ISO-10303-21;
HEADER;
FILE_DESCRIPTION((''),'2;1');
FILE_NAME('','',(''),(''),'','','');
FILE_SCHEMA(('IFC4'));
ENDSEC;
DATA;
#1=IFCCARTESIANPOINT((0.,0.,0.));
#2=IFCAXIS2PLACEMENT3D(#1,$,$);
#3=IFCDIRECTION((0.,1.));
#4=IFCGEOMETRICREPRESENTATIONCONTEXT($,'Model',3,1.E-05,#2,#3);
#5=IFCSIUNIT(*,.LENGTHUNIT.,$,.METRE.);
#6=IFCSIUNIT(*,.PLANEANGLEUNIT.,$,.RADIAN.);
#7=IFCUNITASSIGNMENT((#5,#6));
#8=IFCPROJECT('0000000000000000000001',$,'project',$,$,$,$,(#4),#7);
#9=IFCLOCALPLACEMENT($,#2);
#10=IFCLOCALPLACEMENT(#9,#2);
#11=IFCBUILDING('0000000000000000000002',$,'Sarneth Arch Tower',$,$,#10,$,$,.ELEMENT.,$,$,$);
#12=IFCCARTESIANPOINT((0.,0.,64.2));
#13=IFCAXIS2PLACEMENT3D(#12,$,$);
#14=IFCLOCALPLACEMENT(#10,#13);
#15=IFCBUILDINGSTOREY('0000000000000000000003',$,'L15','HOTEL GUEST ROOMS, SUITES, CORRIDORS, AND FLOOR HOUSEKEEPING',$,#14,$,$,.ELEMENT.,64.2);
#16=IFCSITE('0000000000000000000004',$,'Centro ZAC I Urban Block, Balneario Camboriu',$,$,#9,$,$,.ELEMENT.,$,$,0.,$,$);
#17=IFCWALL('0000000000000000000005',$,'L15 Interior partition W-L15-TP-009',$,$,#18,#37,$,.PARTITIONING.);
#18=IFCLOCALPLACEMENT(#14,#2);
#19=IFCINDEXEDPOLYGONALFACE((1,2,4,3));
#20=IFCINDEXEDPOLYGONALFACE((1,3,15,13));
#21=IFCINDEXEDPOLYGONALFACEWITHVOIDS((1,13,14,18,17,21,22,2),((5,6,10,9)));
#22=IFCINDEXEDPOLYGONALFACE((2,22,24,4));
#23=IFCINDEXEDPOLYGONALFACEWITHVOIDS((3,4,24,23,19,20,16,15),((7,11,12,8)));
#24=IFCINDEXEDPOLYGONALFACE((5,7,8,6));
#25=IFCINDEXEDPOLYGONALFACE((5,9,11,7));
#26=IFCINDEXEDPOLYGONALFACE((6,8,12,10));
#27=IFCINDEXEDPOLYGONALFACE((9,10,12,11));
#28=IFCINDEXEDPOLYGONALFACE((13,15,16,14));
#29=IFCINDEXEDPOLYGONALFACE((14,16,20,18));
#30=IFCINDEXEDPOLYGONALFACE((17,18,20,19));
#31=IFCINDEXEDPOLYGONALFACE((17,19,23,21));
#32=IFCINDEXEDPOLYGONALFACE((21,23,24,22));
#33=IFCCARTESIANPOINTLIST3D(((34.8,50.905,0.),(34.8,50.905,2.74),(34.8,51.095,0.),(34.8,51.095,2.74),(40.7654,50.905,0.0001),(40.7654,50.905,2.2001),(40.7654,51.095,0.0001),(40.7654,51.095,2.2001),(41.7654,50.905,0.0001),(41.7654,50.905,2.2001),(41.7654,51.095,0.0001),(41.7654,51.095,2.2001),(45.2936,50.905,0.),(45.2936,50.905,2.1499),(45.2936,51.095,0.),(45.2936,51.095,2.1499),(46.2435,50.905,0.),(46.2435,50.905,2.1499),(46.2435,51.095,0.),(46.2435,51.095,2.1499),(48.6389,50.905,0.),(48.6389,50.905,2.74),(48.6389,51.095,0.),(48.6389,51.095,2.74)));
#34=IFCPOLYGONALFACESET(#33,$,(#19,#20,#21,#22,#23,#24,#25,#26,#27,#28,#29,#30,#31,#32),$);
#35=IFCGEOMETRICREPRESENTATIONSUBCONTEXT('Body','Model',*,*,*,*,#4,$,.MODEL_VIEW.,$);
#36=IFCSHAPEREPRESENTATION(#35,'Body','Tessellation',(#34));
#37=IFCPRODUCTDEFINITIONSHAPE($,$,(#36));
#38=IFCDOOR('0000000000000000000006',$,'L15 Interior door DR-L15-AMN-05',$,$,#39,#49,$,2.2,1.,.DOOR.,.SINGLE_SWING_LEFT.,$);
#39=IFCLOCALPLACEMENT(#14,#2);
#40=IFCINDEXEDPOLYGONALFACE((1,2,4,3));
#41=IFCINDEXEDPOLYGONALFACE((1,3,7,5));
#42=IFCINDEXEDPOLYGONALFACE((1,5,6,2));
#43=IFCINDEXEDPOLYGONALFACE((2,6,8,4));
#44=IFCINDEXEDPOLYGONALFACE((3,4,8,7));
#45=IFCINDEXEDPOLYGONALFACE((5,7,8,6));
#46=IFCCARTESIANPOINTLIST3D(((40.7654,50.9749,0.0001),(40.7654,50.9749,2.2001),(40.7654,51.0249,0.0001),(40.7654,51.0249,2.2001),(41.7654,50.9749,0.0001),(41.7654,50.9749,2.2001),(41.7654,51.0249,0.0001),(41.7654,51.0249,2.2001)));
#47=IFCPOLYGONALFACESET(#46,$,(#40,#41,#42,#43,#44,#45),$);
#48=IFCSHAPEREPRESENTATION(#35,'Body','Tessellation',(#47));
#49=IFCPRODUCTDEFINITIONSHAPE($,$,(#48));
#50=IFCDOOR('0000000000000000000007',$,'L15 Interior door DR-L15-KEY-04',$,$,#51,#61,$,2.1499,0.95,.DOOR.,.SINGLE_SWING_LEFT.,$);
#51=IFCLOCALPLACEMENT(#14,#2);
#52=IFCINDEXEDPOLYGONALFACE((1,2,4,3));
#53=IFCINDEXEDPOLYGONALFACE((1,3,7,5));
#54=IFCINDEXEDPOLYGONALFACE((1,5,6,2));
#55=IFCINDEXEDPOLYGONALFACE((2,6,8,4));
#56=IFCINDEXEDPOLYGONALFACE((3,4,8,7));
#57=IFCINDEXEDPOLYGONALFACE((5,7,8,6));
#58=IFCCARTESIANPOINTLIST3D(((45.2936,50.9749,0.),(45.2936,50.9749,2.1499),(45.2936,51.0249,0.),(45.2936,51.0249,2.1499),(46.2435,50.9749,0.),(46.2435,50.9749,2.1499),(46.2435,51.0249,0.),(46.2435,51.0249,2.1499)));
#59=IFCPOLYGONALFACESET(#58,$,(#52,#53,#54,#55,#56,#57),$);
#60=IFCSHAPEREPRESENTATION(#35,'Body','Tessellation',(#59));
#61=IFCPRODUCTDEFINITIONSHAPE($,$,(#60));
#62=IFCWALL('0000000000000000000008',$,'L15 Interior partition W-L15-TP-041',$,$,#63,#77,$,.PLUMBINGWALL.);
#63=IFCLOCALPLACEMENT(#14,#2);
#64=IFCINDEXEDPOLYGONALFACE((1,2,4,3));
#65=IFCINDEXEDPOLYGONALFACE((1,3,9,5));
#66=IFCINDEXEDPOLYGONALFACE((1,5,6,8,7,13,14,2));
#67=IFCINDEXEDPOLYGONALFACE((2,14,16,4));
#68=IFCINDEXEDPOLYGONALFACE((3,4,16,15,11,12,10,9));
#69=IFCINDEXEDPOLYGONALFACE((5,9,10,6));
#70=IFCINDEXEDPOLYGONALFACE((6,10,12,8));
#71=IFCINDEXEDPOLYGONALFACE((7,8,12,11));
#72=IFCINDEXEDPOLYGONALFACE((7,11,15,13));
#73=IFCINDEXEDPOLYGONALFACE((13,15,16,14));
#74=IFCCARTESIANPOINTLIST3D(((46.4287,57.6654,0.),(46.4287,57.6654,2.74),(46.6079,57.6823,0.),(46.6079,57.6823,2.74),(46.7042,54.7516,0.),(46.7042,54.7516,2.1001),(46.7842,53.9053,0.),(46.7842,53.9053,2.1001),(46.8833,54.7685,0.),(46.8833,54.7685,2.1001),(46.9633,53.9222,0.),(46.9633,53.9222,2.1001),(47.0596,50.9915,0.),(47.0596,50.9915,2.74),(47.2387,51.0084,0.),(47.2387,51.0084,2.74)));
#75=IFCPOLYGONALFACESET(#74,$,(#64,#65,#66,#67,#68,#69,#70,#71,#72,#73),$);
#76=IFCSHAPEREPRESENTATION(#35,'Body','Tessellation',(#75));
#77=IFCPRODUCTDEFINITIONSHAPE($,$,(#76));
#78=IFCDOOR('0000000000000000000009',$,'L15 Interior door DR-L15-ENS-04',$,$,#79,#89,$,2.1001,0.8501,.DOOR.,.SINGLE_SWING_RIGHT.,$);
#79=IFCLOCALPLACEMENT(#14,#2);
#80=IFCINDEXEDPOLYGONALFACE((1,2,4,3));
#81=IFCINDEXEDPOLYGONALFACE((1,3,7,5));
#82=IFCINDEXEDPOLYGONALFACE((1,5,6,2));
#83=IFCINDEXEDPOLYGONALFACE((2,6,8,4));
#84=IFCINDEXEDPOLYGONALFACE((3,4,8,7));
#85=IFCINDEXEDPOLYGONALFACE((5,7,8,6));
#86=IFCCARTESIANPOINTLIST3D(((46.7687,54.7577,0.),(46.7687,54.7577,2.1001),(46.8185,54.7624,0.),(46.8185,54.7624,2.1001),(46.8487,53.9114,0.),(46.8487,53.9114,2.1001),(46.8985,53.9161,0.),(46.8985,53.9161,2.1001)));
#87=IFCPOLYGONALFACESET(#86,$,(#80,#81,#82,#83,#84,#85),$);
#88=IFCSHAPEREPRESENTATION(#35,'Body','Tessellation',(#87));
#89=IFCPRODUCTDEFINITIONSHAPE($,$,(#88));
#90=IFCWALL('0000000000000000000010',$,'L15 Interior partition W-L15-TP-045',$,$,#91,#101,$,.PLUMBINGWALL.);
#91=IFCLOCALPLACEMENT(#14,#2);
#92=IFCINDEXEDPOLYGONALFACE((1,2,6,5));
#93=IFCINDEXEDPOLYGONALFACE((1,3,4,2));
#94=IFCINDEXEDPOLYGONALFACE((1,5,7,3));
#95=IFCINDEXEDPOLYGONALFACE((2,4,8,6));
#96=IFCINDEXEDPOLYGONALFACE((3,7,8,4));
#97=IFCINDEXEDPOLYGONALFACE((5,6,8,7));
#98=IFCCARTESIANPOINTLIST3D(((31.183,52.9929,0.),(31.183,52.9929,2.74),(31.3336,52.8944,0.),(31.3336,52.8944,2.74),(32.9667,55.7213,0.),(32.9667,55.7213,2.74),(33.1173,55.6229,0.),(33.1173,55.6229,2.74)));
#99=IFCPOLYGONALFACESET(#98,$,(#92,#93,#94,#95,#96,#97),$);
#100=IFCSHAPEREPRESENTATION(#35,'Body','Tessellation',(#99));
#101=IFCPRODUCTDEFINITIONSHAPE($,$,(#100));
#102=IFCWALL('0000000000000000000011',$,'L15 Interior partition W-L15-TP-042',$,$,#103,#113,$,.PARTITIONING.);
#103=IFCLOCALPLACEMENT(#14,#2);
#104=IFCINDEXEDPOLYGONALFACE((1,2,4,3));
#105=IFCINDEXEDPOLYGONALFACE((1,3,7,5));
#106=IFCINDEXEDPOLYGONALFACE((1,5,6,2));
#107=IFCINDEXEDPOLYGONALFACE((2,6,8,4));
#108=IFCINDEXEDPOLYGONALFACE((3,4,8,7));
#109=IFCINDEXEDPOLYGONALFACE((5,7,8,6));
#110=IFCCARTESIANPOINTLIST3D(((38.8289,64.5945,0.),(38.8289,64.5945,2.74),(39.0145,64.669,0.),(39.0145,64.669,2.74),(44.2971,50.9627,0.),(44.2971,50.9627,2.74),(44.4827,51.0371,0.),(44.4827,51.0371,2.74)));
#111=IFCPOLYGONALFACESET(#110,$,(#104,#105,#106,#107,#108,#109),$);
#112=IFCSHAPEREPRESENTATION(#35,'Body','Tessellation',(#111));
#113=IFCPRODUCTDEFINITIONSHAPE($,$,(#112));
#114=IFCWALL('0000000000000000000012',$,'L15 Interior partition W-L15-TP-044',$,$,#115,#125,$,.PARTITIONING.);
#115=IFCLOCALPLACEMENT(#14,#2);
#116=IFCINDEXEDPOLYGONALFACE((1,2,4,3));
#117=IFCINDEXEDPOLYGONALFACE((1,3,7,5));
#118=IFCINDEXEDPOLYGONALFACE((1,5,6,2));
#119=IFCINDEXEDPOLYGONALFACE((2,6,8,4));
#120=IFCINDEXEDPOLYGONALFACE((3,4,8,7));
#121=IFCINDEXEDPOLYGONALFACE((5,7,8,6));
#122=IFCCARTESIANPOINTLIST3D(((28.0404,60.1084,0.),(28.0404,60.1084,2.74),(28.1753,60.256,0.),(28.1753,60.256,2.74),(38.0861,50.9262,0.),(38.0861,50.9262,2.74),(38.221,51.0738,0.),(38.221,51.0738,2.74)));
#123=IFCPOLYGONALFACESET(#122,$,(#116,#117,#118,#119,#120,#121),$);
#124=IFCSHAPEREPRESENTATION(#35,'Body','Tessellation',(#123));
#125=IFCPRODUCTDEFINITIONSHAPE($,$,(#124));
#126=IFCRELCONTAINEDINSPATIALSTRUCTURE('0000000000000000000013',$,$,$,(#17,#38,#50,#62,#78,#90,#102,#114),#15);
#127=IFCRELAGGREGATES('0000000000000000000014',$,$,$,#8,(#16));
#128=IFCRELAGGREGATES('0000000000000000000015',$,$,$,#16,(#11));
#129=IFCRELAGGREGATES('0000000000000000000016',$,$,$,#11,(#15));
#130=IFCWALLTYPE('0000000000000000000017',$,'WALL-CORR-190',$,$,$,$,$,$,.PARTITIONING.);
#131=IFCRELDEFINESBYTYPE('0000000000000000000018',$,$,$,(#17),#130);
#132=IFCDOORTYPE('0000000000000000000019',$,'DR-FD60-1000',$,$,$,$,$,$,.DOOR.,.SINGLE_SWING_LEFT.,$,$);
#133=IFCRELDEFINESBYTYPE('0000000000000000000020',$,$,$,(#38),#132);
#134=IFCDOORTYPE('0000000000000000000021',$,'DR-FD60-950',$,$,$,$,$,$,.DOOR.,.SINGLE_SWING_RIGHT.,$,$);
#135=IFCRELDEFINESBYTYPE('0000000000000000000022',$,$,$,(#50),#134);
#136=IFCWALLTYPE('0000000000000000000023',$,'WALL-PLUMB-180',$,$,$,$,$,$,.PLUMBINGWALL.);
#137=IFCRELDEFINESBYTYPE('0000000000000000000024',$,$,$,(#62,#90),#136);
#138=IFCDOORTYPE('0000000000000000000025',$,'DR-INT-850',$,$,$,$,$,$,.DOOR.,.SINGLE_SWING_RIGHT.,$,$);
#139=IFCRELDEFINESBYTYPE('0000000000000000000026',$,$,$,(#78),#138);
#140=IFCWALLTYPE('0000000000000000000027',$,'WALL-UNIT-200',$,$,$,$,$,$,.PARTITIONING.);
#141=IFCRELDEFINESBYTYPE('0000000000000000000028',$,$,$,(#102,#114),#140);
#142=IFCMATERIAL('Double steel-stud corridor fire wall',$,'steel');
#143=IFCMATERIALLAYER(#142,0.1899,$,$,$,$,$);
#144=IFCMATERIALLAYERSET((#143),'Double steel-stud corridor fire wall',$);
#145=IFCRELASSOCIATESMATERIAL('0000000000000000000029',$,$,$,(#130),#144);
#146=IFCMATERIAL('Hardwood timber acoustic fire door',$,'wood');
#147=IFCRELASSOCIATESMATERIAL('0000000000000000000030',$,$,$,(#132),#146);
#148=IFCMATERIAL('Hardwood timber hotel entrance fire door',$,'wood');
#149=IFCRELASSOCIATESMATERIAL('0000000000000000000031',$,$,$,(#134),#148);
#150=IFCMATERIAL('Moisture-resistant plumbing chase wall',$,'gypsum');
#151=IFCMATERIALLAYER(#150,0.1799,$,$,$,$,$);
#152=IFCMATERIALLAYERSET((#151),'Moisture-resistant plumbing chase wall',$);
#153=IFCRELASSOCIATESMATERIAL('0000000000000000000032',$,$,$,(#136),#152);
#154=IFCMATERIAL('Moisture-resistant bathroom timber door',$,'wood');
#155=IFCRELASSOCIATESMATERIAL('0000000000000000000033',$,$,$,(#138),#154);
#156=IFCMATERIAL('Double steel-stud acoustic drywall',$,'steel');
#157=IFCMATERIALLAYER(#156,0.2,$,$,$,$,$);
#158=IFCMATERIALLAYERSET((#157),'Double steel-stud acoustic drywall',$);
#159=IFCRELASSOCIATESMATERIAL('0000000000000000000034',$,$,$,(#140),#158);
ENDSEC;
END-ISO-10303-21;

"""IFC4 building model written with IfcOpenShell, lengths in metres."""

from ifc_helpers import new_model, si_unit, direction, frame, frame_2d, origin, place, context, subcontext, project, spatial, rectangle, extrude, material, layer, layer_set, type_object, element, fill, save


model = new_model("IFC4")

# Units and contexts
model_context = context("Model", 3, precision=1e-05, world=origin(), true_north=direction((0.0, 1.0)))
body_context = subcontext(model_context, "Body", "Model", "MODEL_VIEW")
ifc_project = project(units=[si_unit("LENGTHUNIT", "METRE"), si_unit("PLANEANGLEUNIT", "RADIAN")], contexts=[model_context])

# Site, building, storey
site_placement = place(None, origin())
site = spatial("IfcSite", under=ifc_project, at=site_placement, Name="Centro ZAC I Urban Block, Balneario Camboriu", CompositionType="ELEMENT", RefElevation=0.0)
building_placement = place(site_placement, origin())
building = spatial("IfcBuilding", under=site, at=building_placement, Name="Sarneth Arch Tower", CompositionType="ELEMENT")
storey_placement = place(building_placement, frame((0.0, 0.0, 64.2)))
storey = spatial("IfcBuildingStorey", under=building, at=storey_placement, Name="L15", Description="HOTEL GUEST ROOMS, SUITES, CORRIDORS, AND FLOOR HOUSEKEEPING", CompositionType="ELEMENT", Elevation=64.2)

# Wall, openings, doors
ifc_material_1 = material(Name="Double steel-stud corridor fire wall", Category="steel")
ifc_layer_1 = layer(ifc_material_1, 0.1899)
ifc_layer_set_1 = layer_set([ifc_layer_1], Name="Double steel-stud corridor fire wall")
wall_type_1 = type_object("IfcWallType", Name="WALL-CORR-190", PredefinedType="PARTITIONING", material=ifc_layer_set_1)
wall_1_placement = place(storey_placement, frame((34.8, 51.0, 0.0), z_axis=(0.0, 0.0, 1.0), x_axis=(1.0, 0.0, 0.0)))
wall_1 = element("IfcWall", 1, at=wall_1_placement, inside=storey, type_object=wall_type_1, Name="L15 Interior partition W-L15-TP-009", PredefinedType="PARTITIONING", context=body_context, shape_type="SweptSolid", body=[
    extrude(rectangle(XDim=13.8389, YDim=0.1899, at=frame_2d((6.9194, 0.0))), origin(), (0.0, 0.0, 1.0), 2.74),
])
opening_1_placement = place(wall_1_placement, frame((5.9653, 0.0, 0.0)))
opening_1 = element("IfcOpeningElement", 2, at=opening_1_placement, cuts=wall_1, PredefinedType="OPENING", context=body_context, shape_type="SweptSolid", body=[
    extrude(rectangle(XDim=1.0, YDim=2.2, at=frame_2d((0.5, 1.1001))), frame((0.0, 0.105, 0.0), z_axis=(0.0, -1.0, 0.0), x_axis=(1.0, 0.0, 0.0)), (0.0, 0.0, 1.0), 0.21),
])
opening_2_placement = place(wall_1_placement, frame((10.4934, 0.0, 0.0)))
opening_2 = element("IfcOpeningElement", 3, at=opening_2_placement, cuts=wall_1, PredefinedType="OPENING", context=body_context, shape_type="SweptSolid", body=[
    extrude(rectangle(XDim=0.95, YDim=2.1499, at=frame_2d((0.4751, 1.075))), frame((0.0, 0.105, 0.0), z_axis=(0.0, -1.0, 0.0), x_axis=(1.0, 0.0, 0.0)), (0.0, 0.0, 1.0), 0.21),
])
ifc_material_2 = material(Name="Hardwood timber acoustic fire door", Category="wood")
door_type_1 = type_object("IfcDoorType", Name="DR-FD60-1000", OperationType="SINGLE_SWING_LEFT", PredefinedType="DOOR", material=ifc_material_2)
door_1_placement = place(opening_1_placement, origin())
door_1 = element("IfcDoor", 4, at=door_1_placement, inside=storey, type_object=door_type_1, Name="L15 Interior door DR-L15-AMN-05", OperationType="SINGLE_SWING_LEFT", OverallHeight=2.2, OverallWidth=1.0, PredefinedType="DOOR", context=body_context, shape_type="SweptSolid", body=[
    extrude(rectangle(XDim=1.0, YDim=2.2, at=frame_2d((0.5, 1.1001))), frame((0.0, 0.0249, 0.0), z_axis=(0.0, -1.0, 0.0), x_axis=(1.0, 0.0, 0.0)), (0.0, 0.0, 1.0), 0.05),
])
fill(opening_1, door_1)
ifc_material_3 = material(Name="Hardwood timber hotel entrance fire door", Category="wood")
door_type_2 = type_object("IfcDoorType", Name="DR-FD60-950", OperationType="SINGLE_SWING_RIGHT", PredefinedType="DOOR", material=ifc_material_3)
door_2_placement = place(opening_2_placement, origin())
door_2 = element("IfcDoor", 5, at=door_2_placement, inside=storey, type_object=door_type_2, Name="L15 Interior door DR-L15-KEY-04", OperationType="SINGLE_SWING_LEFT", OverallHeight=2.1499, OverallWidth=0.95, PredefinedType="DOOR", context=body_context, shape_type="SweptSolid", body=[
    extrude(rectangle(XDim=0.95, YDim=2.1499, at=frame_2d((0.4751, 1.075))), frame((0.0, 0.0249, 0.0), z_axis=(0.0, -1.0, 0.0), x_axis=(1.0, 0.0, 0.0)), (0.0, 0.0, 1.0), 0.05),
])
fill(opening_2, door_2)

# Wall, opening, door
ifc_material_4 = material(Name="Moisture-resistant plumbing chase wall", Category="gypsum")
ifc_layer_2 = layer(ifc_material_4, 0.1799)
ifc_layer_set_2 = layer_set([ifc_layer_2], Name="Moisture-resistant plumbing chase wall")
wall_type_2 = type_object("IfcWallType", Name="WALL-PLUMB-180", PredefinedType="PLUMBINGWALL", material=ifc_layer_set_2)
wall_2_placement = place(storey_placement, frame((46.5183, 57.6738, 0.0), z_axis=(0.0, 0.0, 1.0), x_axis=(0.094108, -0.995562, 0.0)))
wall_2 = element("IfcWall", 6, at=wall_2_placement, inside=storey, type_object=wall_type_2, Name="L15 Interior partition W-L15-TP-041", PredefinedType="PLUMBINGWALL", context=body_context, shape_type="SweptSolid", body=[
    extrude(rectangle(XDim=6.7036, YDim=0.1799, at=frame_2d((3.3518, 0.0))), origin(), (0.0, 0.0, 1.0), 2.74),
])
opening_3_placement = place(wall_2_placement, frame((2.9268, 0.0, 0.0)))
opening_3 = element("IfcOpeningElement", 7, at=opening_3_placement, cuts=wall_2, PredefinedType="OPENING", context=body_context, shape_type="SweptSolid", body=[
    extrude(rectangle(XDim=0.8501, YDim=2.1001, at=frame_2d((0.425, 1.05))), frame((0.0, 0.0999, 0.0), z_axis=(0.0, -1.0, 0.0), x_axis=(1.0, 0.0, 0.0)), (0.0, 0.0, 1.0), 0.2),
])
ifc_material_5 = material(Name="Moisture-resistant bathroom timber door", Category="wood")
door_type_3 = type_object("IfcDoorType", Name="DR-INT-850", OperationType="SINGLE_SWING_RIGHT", PredefinedType="DOOR", material=ifc_material_5)
door_3_placement = place(opening_3_placement, origin())
door_3 = element("IfcDoor", 8, at=door_3_placement, inside=storey, type_object=door_type_3, Name="L15 Interior door DR-L15-ENS-04", OperationType="SINGLE_SWING_RIGHT", OverallHeight=2.1001, OverallWidth=0.8501, PredefinedType="DOOR", context=body_context, shape_type="SweptSolid", body=[
    extrude(rectangle(XDim=0.8501, YDim=2.1001, at=frame_2d((0.425, 1.05))), frame((0.0, 0.0249, 0.0), z_axis=(0.0, -1.0, 0.0), x_axis=(1.0, 0.0, 0.0)), (0.0, 0.0, 1.0), 0.05),
])
fill(opening_3, door_3)

# Walls
wall_3_placement = place(storey_placement, frame((33.042, 55.6721, 0.0), z_axis=(0.0, 0.0, 1.0), x_axis=(-0.547177, -0.837017, 0.0)))
element("IfcWall", 9, at=wall_3_placement, inside=storey, type_object=wall_type_2, Name="L15 Interior partition W-L15-TP-045", PredefinedType="PLUMBINGWALL", context=body_context, shape_type="SweptSolid", body=[
    extrude(rectangle(XDim=3.2598, YDim=0.1799, at=frame_2d((1.6299, 0.0))), origin(), (0.0, 0.0, 1.0), 2.74),
])
ifc_material_6 = material(Name="Double steel-stud acoustic drywall", Category="steel")
ifc_layer_3 = layer(ifc_material_6, 0.2)
ifc_layer_set_3 = layer_set([ifc_layer_3], Name="Double steel-stud acoustic drywall")
wall_type_3 = type_object("IfcWallType", Name="WALL-UNIT-200", PredefinedType="PARTITIONING", material=ifc_layer_set_3)
wall_4_placement = place(storey_placement, frame((44.3899, 51.0, 0.0), z_axis=(0.0, 0.0, 1.0), x_axis=(-0.372302, 0.928112, 0.0)))
element("IfcWall", 10, at=wall_4_placement, inside=storey, type_object=wall_type_3, Name="L15 Interior partition W-L15-TP-042", PredefinedType="PARTITIONING", context=body_context, shape_type="SweptSolid", body=[
    extrude(rectangle(XDim=14.6877, YDim=0.2, at=frame_2d((7.3438, 0.0))), origin(), (0.0, 0.0, 1.0), 2.74),
])
wall_5_placement = place(storey_placement, frame((38.1536, 51.0, 0.0), z_axis=(0.0, 0.0, 1.0), x_axis=(-0.738119, 0.67467, 0.0)))
element("IfcWall", 11, at=wall_5_placement, inside=storey, type_object=wall_type_3, Name="L15 Interior partition W-L15-TP-044", PredefinedType="PARTITIONING", context=body_context, shape_type="SweptSolid", body=[
    extrude(rectangle(XDim=13.6099, YDim=0.2, at=frame_2d((6.8049, 0.0))), origin(), (0.0, 0.0, 1.0), 2.74),
])

save(model, "model.ifc")
